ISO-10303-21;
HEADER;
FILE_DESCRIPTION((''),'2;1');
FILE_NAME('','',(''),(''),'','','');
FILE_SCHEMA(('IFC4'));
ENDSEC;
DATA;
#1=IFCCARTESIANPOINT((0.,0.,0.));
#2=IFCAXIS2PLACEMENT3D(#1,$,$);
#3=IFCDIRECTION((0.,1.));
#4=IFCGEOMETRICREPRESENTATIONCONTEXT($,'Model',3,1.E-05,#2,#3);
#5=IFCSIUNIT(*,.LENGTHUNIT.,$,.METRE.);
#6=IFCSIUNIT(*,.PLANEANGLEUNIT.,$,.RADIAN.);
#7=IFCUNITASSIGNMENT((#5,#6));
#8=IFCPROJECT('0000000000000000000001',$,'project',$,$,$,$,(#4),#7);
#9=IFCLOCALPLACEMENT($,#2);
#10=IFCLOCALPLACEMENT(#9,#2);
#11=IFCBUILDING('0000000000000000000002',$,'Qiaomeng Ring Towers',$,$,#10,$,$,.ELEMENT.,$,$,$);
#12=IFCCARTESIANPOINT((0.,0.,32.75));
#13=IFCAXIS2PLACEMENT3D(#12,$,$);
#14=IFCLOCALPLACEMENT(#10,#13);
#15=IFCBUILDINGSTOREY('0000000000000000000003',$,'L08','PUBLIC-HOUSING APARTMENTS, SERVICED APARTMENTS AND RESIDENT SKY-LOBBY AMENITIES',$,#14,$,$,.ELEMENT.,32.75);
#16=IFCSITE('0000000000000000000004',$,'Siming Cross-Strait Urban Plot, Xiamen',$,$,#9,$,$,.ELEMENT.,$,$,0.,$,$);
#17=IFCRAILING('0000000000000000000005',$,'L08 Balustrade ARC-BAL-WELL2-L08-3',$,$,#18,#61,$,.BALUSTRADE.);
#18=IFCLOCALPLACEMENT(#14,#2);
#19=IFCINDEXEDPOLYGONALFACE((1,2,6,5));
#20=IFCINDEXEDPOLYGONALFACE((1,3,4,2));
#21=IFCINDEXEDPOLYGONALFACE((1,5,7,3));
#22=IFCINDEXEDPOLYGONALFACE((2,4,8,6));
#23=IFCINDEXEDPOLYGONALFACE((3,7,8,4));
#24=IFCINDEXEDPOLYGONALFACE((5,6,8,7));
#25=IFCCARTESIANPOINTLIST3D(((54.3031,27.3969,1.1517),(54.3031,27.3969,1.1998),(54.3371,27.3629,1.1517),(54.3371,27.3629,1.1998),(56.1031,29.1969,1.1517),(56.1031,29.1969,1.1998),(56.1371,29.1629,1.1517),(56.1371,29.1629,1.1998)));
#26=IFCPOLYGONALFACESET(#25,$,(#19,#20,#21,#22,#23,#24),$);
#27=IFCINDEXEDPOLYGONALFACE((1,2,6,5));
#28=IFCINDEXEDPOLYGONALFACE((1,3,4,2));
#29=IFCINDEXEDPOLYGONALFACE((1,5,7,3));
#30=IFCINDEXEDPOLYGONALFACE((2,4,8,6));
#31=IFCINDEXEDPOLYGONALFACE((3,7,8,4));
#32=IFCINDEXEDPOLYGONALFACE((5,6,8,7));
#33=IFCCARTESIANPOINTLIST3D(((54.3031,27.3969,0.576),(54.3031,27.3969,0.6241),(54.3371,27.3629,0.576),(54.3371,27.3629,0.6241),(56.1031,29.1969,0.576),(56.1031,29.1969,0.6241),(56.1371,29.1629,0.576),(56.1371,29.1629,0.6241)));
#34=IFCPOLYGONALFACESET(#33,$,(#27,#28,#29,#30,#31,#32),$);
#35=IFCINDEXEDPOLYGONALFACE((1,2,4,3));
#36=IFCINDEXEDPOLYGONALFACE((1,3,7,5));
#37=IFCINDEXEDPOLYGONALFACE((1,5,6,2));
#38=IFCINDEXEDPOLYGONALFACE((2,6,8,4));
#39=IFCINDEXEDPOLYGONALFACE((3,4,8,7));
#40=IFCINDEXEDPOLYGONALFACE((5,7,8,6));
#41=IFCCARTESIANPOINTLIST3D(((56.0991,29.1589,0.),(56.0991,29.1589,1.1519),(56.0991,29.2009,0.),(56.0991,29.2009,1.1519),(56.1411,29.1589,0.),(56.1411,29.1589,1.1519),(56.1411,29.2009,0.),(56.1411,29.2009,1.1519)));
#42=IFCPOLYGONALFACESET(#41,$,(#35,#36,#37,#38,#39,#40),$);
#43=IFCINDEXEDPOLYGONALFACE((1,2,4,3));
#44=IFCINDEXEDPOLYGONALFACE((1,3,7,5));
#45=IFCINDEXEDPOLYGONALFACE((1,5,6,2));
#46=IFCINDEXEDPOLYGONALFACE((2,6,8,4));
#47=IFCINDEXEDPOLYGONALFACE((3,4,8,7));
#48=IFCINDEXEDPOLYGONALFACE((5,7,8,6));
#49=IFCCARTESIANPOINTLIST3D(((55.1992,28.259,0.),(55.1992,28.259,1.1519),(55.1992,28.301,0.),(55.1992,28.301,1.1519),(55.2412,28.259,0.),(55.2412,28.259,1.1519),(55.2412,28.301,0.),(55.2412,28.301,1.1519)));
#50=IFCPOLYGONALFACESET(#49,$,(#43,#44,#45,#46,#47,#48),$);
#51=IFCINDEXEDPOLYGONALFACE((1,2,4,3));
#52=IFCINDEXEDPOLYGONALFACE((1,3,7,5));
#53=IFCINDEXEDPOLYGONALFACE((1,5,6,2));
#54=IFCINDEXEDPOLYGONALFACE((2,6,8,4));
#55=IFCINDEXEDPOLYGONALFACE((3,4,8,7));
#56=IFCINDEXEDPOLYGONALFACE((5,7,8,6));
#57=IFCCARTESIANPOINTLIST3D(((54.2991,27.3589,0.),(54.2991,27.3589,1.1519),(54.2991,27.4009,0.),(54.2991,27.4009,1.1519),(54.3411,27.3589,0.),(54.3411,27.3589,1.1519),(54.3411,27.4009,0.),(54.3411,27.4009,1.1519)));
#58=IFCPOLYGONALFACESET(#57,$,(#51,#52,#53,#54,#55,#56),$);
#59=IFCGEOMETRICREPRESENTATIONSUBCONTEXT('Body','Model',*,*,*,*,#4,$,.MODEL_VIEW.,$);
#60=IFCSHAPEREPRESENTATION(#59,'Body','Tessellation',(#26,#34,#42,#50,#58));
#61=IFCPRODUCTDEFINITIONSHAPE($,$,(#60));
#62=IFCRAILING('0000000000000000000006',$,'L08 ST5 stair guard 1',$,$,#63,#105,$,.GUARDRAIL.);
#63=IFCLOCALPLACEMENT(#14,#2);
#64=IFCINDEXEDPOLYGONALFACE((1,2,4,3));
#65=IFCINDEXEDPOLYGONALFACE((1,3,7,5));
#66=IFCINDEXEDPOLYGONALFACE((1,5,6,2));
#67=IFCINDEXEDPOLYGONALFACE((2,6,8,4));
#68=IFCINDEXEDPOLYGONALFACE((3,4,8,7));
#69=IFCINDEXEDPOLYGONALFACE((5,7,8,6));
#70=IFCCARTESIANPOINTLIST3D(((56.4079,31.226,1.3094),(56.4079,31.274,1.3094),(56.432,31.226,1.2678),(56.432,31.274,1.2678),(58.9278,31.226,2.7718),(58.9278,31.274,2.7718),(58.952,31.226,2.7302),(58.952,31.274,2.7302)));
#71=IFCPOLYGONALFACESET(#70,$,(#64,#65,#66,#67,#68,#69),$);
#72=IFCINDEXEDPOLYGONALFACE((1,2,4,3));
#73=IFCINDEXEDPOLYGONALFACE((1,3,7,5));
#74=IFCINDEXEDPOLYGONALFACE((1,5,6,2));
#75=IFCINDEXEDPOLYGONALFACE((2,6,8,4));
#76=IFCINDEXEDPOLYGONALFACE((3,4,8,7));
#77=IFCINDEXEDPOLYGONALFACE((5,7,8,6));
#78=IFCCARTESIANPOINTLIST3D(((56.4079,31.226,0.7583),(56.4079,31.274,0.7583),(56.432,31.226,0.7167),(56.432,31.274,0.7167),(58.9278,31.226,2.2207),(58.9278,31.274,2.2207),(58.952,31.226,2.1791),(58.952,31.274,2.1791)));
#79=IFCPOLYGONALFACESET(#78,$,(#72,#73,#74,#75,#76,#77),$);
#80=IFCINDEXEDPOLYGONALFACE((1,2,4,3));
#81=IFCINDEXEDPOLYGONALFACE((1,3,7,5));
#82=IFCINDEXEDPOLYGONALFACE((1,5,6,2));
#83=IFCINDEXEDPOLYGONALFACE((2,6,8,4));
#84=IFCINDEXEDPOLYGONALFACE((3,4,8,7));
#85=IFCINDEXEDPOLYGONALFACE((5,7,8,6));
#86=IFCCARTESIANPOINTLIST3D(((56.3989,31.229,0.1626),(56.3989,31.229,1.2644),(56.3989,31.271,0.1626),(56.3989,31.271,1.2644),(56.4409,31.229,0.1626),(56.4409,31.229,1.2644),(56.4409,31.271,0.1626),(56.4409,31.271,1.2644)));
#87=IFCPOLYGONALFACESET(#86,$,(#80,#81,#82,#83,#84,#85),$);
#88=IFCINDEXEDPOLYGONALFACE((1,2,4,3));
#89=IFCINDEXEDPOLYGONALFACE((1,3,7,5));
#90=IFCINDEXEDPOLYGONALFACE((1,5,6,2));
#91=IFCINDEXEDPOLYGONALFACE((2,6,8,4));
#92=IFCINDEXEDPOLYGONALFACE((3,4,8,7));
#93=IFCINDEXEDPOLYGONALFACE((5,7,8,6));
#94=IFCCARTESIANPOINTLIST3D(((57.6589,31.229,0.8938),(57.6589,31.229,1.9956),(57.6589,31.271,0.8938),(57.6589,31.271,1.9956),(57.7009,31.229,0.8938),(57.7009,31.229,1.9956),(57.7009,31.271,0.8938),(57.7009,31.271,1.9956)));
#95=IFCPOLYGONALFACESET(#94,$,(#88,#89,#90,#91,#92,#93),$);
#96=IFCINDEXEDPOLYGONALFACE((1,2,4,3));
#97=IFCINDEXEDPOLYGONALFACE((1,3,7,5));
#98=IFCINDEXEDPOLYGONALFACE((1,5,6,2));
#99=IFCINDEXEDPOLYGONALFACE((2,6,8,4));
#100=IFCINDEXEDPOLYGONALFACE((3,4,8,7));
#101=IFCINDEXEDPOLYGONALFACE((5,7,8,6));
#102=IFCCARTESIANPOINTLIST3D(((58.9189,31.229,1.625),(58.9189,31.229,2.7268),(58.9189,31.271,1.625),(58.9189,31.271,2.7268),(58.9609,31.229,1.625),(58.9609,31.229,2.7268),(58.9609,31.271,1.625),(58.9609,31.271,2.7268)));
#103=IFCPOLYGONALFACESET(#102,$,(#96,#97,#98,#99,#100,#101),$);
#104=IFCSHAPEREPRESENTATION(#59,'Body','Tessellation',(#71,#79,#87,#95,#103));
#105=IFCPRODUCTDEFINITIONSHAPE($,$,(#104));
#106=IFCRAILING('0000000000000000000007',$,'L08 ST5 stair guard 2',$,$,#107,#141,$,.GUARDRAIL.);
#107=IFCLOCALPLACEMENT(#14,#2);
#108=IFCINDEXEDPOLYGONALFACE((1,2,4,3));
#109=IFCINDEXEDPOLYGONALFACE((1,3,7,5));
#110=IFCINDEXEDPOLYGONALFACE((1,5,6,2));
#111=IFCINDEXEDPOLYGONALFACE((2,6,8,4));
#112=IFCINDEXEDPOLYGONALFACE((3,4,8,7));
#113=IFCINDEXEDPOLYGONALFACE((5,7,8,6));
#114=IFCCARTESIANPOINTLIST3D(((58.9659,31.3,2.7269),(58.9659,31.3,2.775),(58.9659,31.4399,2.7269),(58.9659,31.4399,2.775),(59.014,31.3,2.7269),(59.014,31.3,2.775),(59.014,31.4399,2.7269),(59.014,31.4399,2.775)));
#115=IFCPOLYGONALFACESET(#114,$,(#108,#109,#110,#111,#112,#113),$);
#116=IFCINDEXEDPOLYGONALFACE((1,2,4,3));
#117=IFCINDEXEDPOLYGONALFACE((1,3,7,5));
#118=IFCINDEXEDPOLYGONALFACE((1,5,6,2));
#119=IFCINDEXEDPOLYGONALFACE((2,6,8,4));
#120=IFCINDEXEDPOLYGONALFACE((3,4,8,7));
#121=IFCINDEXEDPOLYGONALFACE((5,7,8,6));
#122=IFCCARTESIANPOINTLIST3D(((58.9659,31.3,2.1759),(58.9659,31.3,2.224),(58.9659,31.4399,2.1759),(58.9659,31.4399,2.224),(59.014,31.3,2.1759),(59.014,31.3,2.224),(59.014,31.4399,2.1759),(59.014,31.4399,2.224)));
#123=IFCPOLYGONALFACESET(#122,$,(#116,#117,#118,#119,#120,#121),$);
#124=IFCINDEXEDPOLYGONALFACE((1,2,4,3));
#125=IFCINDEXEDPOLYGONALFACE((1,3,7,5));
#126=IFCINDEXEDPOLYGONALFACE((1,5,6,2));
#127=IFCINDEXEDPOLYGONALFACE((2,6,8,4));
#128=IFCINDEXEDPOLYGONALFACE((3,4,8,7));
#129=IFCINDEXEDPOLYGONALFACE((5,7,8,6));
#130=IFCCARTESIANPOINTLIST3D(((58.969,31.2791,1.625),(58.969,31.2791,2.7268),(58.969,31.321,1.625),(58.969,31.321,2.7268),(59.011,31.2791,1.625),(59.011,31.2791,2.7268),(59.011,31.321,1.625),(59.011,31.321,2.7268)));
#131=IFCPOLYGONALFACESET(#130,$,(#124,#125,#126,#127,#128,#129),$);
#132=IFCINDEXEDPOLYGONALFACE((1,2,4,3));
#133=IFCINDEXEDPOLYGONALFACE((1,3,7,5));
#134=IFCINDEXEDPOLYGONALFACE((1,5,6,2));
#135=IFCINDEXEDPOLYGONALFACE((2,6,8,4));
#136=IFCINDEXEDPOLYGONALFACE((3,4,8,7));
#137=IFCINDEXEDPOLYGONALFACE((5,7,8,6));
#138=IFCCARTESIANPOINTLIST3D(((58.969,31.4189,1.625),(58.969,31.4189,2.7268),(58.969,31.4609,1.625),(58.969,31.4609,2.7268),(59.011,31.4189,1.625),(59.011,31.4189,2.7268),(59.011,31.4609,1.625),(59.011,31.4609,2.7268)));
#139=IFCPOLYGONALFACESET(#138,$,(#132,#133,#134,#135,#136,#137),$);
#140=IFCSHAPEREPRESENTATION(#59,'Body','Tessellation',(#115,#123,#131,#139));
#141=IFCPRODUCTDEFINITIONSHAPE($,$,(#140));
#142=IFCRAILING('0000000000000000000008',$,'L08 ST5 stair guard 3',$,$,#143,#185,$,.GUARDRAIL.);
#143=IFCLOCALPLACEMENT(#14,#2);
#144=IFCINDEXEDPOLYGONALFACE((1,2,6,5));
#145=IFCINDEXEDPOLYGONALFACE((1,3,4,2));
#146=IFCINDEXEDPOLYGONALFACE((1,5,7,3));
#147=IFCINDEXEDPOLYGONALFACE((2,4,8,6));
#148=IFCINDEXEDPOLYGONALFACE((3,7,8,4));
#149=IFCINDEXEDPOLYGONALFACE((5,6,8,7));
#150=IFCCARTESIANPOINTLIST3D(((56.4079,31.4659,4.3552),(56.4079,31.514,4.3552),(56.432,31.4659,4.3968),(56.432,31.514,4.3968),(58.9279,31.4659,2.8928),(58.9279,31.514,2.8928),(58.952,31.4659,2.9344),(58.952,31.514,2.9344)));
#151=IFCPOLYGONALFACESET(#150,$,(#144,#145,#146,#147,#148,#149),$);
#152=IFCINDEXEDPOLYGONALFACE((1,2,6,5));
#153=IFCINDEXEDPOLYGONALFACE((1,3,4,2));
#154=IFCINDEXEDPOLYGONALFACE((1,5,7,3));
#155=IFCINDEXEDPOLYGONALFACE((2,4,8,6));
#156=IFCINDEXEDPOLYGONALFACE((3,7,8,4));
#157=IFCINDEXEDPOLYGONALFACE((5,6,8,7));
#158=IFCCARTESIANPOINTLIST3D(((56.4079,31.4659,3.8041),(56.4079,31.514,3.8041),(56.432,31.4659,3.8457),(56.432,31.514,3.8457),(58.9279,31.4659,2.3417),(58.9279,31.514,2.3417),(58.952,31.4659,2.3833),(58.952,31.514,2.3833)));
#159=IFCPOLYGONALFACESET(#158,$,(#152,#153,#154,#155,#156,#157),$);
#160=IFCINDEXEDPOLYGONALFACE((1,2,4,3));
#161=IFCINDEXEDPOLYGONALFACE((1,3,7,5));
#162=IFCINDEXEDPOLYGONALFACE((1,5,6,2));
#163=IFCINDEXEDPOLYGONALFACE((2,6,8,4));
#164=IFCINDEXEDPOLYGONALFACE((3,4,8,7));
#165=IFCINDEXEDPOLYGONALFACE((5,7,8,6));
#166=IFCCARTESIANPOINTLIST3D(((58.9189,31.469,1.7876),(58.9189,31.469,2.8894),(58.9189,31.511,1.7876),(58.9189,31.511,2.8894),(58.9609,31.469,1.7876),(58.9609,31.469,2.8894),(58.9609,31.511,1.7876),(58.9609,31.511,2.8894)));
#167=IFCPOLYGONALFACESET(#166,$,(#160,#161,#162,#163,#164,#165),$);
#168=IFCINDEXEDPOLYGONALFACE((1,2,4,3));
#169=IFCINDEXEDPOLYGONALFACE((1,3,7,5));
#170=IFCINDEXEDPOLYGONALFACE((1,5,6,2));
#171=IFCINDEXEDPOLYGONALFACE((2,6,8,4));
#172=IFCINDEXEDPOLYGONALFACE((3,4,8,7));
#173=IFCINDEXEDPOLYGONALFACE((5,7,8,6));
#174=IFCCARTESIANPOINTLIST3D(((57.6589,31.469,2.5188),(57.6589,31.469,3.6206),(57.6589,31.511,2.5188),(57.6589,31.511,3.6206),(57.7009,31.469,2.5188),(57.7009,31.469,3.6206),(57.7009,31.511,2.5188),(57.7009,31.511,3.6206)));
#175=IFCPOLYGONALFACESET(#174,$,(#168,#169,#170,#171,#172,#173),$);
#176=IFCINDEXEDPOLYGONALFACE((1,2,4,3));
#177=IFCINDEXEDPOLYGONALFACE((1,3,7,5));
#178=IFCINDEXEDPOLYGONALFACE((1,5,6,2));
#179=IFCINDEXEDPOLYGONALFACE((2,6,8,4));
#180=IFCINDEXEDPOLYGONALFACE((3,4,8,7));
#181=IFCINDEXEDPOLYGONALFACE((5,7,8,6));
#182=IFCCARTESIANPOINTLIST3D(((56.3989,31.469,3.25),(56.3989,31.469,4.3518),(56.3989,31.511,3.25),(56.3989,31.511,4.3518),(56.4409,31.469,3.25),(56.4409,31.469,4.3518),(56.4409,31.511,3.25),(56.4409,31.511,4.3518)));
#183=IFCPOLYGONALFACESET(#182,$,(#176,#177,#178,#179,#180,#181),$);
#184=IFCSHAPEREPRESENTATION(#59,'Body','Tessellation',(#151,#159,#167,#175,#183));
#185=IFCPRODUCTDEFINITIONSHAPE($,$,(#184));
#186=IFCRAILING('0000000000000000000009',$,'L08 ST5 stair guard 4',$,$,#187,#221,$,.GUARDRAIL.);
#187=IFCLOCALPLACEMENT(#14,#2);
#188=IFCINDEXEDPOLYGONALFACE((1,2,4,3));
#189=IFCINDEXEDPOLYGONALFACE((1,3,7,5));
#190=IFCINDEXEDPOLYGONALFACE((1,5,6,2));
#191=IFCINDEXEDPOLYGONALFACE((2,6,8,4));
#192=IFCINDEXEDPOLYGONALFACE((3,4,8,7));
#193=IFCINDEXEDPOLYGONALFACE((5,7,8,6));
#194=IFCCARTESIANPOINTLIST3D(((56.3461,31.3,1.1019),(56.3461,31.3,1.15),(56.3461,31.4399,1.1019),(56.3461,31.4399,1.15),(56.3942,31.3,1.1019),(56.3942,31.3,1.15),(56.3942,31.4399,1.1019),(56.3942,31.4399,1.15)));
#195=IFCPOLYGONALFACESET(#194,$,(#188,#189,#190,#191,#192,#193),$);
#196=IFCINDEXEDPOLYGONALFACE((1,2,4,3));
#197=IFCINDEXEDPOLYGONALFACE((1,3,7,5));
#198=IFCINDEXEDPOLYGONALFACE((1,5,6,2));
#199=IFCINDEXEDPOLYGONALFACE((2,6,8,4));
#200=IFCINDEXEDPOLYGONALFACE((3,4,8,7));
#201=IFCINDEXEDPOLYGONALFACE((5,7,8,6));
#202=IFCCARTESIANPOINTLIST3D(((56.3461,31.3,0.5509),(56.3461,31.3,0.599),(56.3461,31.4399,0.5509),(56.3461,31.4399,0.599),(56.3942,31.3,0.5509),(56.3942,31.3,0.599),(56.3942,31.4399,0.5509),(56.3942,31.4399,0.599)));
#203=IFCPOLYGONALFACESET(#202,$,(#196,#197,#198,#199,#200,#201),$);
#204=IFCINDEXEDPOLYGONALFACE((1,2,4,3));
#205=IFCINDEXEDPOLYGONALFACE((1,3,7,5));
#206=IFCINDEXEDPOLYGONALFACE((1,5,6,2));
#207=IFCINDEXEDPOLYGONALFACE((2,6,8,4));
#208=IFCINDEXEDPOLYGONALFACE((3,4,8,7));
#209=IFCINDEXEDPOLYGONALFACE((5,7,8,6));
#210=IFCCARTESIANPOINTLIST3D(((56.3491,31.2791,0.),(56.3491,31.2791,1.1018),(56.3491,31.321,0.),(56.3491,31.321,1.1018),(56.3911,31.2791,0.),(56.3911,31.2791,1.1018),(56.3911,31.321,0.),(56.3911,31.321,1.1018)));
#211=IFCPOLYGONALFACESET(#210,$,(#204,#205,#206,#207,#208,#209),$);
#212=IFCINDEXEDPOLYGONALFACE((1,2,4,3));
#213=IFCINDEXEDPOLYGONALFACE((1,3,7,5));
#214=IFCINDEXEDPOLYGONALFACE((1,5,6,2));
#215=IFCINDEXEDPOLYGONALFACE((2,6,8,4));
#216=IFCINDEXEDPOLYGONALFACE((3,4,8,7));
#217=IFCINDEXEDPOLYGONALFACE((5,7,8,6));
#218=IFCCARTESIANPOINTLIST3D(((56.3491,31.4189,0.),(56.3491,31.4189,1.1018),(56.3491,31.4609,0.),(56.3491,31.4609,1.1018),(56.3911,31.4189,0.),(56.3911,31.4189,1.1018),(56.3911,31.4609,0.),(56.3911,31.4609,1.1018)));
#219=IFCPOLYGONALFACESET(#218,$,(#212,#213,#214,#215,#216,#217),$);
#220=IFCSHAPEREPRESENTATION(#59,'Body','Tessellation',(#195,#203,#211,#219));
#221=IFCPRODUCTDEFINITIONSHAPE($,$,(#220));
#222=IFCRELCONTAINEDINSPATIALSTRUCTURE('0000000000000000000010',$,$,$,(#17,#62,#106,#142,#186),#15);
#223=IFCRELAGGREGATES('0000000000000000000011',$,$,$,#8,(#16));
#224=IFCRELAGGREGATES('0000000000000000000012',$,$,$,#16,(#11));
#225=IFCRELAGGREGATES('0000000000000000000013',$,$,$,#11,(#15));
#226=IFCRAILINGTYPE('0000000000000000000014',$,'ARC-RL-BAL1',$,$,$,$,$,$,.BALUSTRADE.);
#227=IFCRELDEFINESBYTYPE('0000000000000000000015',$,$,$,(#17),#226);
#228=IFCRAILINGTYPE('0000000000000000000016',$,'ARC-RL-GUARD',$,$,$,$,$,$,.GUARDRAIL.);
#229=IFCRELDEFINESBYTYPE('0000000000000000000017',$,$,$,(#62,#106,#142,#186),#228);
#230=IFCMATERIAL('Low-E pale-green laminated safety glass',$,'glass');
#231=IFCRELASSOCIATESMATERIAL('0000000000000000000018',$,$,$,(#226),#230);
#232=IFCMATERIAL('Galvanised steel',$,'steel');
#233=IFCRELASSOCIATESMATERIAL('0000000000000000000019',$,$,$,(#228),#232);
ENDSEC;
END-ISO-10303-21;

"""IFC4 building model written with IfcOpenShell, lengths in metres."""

from ifc_helpers import new_model, si_unit, direction, frame, origin, origin_2d, place, context, subcontext, project, spatial, rectangle, extrude, material, type_object, element, save


model = new_model("IFC4")

# Units and contexts
model_context = context("Model", 3, precision=1e-05, world=origin(), true_north=direction((0.0, 1.0)))
body_context = subcontext(model_context, "Body", "Model", "MODEL_VIEW")
ifc_project = project(units=[si_unit("LENGTHUNIT", "METRE"), si_unit("PLANEANGLEUNIT", "RADIAN")], contexts=[model_context])

# Site, building, storey
site_placement = place(None, origin())
site = spatial("IfcSite", under=ifc_project, at=site_placement, Name="Siming Cross-Strait Urban Plot, Xiamen", CompositionType="ELEMENT", RefElevation=0.0)
building_placement = place(site_placement, origin())
building = spatial("IfcBuilding", under=site, at=building_placement, Name="Qiaomeng Ring Towers", CompositionType="ELEMENT")
storey_placement = place(building_placement, frame((0.0, 0.0, 32.75)))
storey = spatial("IfcBuildingStorey", under=building, at=storey_placement, Name="L08", Description="PUBLIC-HOUSING APARTMENTS, SERVICED APARTMENTS AND RESIDENT SKY-LOBBY AMENITIES", CompositionType="ELEMENT", Elevation=32.75)

# Railings
ifc_material_1 = material(Name="Low-E pale-green laminated safety glass", Category="glass")
railing_type_1 = type_object("IfcRailingType", Name="ARC-RL-BAL1", PredefinedType="BALUSTRADE", material=ifc_material_1)
railing_1_placement = place(storey_placement, frame((56.1201, 29.1799, 0.0)))
element("IfcRailing", 1, at=railing_1_placement, inside=storey, type_object=railing_type_1, Name="L08 Balustrade ARC-BAL-WELL2-L08-3", PredefinedType="BALUSTRADE", context=body_context, shape_type="SweptSolid", body=[
    extrude(rectangle(XDim=0.0481, YDim=0.0481, at=origin_2d()), frame((0.0, 0.0, 1.1758), z_axis=(-0.707107, -0.707107, 0.0), x_axis=(0.707107, -0.707107, 0.0)), (0.0, 0.0, 1.0), 2.5457),
    extrude(rectangle(XDim=0.0481, YDim=0.0481, at=origin_2d()), frame((0.0, 0.0, 0.6001), z_axis=(-0.707107, -0.707107, 0.0), x_axis=(0.707107, -0.707107, 0.0)), (0.0, 0.0, 1.0), 2.5457),
    extrude(rectangle(XDim=0.042, YDim=0.042, at=origin_2d()), origin(), (0.0, 0.0, 1.0), 1.1519),
    extrude(rectangle(XDim=0.042, YDim=0.042, at=origin_2d()), frame((-0.8999, -0.8999, 0.0)), (0.0, 0.0, 1.0), 1.1519),
    extrude(rectangle(XDim=0.042, YDim=0.042, at=origin_2d()), frame((-1.8, -1.8, 0.0)), (0.0, 0.0, 1.0), 1.1519),
])
ifc_material_2 = material(Name="Galvanised steel", Category="steel")
railing_type_2 = type_object("IfcRailingType", Name="ARC-RL-GUARD", PredefinedType="GUARDRAIL", material=ifc_material_2)
railing_2_placement = place(storey_placement, frame((56.4199, 31.25, 0.1626)))
element("IfcRailing", 2, at=railing_2_placement, inside=storey, type_object=railing_type_2, Name="L08 ST5 stair guard 1", PredefinedType="GUARDRAIL", context=body_context, shape_type="SweptSolid", body=[
    extrude(rectangle(XDim=0.0481, YDim=0.0481, at=origin_2d()), frame((0.0, 0.0, 1.126), z_axis=(0.864913, 0.0, 0.501921), x_axis=(0.0, 1.0, 0.0)), (0.0, 0.0, 1.0), 2.9136),
    extrude(rectangle(XDim=0.0481, YDim=0.0481, at=origin_2d()), frame((0.0, 0.0, 0.575), z_axis=(0.864913, 0.0, 0.501921), x_axis=(0.0, 1.0, 0.0)), (0.0, 0.0, 1.0), 2.9136),
    extrude(rectangle(XDim=0.042, YDim=0.042, at=origin_2d()), origin(), (0.0, 0.0, 1.0), 1.1018),
    extrude(rectangle(XDim=0.042, YDim=0.042, at=origin_2d()), frame((1.26, 0.0, 0.7312)), (0.0, 0.0, 1.0), 1.1018),
    extrude(rectangle(XDim=0.042, YDim=0.042, at=origin_2d()), frame((2.52, 0.0, 1.4624)), (0.0, 0.0, 1.0), 1.1018),
])
railing_3_placement = place(storey_placement, frame((58.99, 31.3, 1.625)))
element("IfcRailing", 3, at=railing_3_placement, inside=storey, type_object=railing_type_2, Name="L08 ST5 stair guard 2", PredefinedType="GUARDRAIL", context=body_context, shape_type="SweptSolid", body=[
    extrude(rectangle(XDim=0.0481, YDim=0.0481, at=origin_2d()), frame((0.0, 0.0, 1.126), z_axis=(0.0, 1.0, 0.0), x_axis=(-1.0, 0.0, 0.0)), (0.0, 0.0, 1.0), 0.1399),
    extrude(rectangle(XDim=0.0481, YDim=0.0481, at=origin_2d()), frame((0.0, 0.0, 0.575), z_axis=(0.0, 1.0, 0.0), x_axis=(-1.0, 0.0, 0.0)), (0.0, 0.0, 1.0), 0.1399),
    extrude(rectangle(XDim=0.042, YDim=0.042, at=origin_2d()), origin(), (0.0, 0.0, 1.0), 1.1018),
    extrude(rectangle(XDim=0.042, YDim=0.042, at=origin_2d()), frame((0.0, 0.1399, 0.0)), (0.0, 0.0, 1.0), 1.1018),
])
railing_4_placement = place(storey_placement, frame((58.9399, 31.49, 1.7876)))
element("IfcRailing", 4, at=railing_4_placement, inside=storey, type_object=railing_type_2, Name="L08 ST5 stair guard 3", PredefinedType="GUARDRAIL", context=body_context, shape_type="SweptSolid", body=[
    extrude(rectangle(XDim=0.0481, YDim=0.0481, at=origin_2d()), frame((0.0, 0.0, 1.126), z_axis=(-0.864913, 0.0, 0.501921), x_axis=(0.0, -1.0, 0.0)), (0.0, 0.0, 1.0), 2.9136),
    extrude(rectangle(XDim=0.0481, YDim=0.0481, at=origin_2d()), frame((0.0, 0.0, 0.575), z_axis=(-0.864913, 0.0, 0.501921), x_axis=(0.0, -1.0, 0.0)), (0.0, 0.0, 1.0), 2.9136),
    extrude(rectangle(XDim=0.042, YDim=0.042, at=origin_2d()), origin(), (0.0, 0.0, 1.0), 1.1018),
    extrude(rectangle(XDim=0.042, YDim=0.042, at=origin_2d()), frame((-1.26, 0.0, 0.7312)), (0.0, 0.0, 1.0), 1.1018),
    extrude(rectangle(XDim=0.042, YDim=0.042, at=origin_2d()), frame((-2.52, 0.0, 1.4624)), (0.0, 0.0, 1.0), 1.1018),
])
railing_5_placement = place(storey_placement, frame((56.3701, 31.3, 0.0)))
element("IfcRailing", 5, at=railing_5_placement, inside=storey, type_object=railing_type_2, Name="L08 ST5 stair guard 4", PredefinedType="GUARDRAIL", context=body_context, shape_type="SweptSolid", body=[
    extrude(rectangle(XDim=0.0481, YDim=0.0481, at=origin_2d()), frame((0.0, 0.0, 1.126), z_axis=(0.0, 1.0, 0.0), x_axis=(-1.0, 0.0, 0.0)), (0.0, 0.0, 1.0), 0.1399),
    extrude(rectangle(XDim=0.0481, YDim=0.0481, at=origin_2d()), frame((0.0, 0.0, 0.575), z_axis=(0.0, 1.0, 0.0), x_axis=(-1.0, 0.0, 0.0)), (0.0, 0.0, 1.0), 0.1399),
    extrude(rectangle(XDim=0.042, YDim=0.042, at=origin_2d()), origin(), (0.0, 0.0, 1.0), 1.1018),
    extrude(rectangle(XDim=0.042, YDim=0.042, at=origin_2d()), frame((0.0, 0.1399, 0.0)), (0.0, 0.0, 1.0), 1.1018),
])

save(model, "model.ifc")
